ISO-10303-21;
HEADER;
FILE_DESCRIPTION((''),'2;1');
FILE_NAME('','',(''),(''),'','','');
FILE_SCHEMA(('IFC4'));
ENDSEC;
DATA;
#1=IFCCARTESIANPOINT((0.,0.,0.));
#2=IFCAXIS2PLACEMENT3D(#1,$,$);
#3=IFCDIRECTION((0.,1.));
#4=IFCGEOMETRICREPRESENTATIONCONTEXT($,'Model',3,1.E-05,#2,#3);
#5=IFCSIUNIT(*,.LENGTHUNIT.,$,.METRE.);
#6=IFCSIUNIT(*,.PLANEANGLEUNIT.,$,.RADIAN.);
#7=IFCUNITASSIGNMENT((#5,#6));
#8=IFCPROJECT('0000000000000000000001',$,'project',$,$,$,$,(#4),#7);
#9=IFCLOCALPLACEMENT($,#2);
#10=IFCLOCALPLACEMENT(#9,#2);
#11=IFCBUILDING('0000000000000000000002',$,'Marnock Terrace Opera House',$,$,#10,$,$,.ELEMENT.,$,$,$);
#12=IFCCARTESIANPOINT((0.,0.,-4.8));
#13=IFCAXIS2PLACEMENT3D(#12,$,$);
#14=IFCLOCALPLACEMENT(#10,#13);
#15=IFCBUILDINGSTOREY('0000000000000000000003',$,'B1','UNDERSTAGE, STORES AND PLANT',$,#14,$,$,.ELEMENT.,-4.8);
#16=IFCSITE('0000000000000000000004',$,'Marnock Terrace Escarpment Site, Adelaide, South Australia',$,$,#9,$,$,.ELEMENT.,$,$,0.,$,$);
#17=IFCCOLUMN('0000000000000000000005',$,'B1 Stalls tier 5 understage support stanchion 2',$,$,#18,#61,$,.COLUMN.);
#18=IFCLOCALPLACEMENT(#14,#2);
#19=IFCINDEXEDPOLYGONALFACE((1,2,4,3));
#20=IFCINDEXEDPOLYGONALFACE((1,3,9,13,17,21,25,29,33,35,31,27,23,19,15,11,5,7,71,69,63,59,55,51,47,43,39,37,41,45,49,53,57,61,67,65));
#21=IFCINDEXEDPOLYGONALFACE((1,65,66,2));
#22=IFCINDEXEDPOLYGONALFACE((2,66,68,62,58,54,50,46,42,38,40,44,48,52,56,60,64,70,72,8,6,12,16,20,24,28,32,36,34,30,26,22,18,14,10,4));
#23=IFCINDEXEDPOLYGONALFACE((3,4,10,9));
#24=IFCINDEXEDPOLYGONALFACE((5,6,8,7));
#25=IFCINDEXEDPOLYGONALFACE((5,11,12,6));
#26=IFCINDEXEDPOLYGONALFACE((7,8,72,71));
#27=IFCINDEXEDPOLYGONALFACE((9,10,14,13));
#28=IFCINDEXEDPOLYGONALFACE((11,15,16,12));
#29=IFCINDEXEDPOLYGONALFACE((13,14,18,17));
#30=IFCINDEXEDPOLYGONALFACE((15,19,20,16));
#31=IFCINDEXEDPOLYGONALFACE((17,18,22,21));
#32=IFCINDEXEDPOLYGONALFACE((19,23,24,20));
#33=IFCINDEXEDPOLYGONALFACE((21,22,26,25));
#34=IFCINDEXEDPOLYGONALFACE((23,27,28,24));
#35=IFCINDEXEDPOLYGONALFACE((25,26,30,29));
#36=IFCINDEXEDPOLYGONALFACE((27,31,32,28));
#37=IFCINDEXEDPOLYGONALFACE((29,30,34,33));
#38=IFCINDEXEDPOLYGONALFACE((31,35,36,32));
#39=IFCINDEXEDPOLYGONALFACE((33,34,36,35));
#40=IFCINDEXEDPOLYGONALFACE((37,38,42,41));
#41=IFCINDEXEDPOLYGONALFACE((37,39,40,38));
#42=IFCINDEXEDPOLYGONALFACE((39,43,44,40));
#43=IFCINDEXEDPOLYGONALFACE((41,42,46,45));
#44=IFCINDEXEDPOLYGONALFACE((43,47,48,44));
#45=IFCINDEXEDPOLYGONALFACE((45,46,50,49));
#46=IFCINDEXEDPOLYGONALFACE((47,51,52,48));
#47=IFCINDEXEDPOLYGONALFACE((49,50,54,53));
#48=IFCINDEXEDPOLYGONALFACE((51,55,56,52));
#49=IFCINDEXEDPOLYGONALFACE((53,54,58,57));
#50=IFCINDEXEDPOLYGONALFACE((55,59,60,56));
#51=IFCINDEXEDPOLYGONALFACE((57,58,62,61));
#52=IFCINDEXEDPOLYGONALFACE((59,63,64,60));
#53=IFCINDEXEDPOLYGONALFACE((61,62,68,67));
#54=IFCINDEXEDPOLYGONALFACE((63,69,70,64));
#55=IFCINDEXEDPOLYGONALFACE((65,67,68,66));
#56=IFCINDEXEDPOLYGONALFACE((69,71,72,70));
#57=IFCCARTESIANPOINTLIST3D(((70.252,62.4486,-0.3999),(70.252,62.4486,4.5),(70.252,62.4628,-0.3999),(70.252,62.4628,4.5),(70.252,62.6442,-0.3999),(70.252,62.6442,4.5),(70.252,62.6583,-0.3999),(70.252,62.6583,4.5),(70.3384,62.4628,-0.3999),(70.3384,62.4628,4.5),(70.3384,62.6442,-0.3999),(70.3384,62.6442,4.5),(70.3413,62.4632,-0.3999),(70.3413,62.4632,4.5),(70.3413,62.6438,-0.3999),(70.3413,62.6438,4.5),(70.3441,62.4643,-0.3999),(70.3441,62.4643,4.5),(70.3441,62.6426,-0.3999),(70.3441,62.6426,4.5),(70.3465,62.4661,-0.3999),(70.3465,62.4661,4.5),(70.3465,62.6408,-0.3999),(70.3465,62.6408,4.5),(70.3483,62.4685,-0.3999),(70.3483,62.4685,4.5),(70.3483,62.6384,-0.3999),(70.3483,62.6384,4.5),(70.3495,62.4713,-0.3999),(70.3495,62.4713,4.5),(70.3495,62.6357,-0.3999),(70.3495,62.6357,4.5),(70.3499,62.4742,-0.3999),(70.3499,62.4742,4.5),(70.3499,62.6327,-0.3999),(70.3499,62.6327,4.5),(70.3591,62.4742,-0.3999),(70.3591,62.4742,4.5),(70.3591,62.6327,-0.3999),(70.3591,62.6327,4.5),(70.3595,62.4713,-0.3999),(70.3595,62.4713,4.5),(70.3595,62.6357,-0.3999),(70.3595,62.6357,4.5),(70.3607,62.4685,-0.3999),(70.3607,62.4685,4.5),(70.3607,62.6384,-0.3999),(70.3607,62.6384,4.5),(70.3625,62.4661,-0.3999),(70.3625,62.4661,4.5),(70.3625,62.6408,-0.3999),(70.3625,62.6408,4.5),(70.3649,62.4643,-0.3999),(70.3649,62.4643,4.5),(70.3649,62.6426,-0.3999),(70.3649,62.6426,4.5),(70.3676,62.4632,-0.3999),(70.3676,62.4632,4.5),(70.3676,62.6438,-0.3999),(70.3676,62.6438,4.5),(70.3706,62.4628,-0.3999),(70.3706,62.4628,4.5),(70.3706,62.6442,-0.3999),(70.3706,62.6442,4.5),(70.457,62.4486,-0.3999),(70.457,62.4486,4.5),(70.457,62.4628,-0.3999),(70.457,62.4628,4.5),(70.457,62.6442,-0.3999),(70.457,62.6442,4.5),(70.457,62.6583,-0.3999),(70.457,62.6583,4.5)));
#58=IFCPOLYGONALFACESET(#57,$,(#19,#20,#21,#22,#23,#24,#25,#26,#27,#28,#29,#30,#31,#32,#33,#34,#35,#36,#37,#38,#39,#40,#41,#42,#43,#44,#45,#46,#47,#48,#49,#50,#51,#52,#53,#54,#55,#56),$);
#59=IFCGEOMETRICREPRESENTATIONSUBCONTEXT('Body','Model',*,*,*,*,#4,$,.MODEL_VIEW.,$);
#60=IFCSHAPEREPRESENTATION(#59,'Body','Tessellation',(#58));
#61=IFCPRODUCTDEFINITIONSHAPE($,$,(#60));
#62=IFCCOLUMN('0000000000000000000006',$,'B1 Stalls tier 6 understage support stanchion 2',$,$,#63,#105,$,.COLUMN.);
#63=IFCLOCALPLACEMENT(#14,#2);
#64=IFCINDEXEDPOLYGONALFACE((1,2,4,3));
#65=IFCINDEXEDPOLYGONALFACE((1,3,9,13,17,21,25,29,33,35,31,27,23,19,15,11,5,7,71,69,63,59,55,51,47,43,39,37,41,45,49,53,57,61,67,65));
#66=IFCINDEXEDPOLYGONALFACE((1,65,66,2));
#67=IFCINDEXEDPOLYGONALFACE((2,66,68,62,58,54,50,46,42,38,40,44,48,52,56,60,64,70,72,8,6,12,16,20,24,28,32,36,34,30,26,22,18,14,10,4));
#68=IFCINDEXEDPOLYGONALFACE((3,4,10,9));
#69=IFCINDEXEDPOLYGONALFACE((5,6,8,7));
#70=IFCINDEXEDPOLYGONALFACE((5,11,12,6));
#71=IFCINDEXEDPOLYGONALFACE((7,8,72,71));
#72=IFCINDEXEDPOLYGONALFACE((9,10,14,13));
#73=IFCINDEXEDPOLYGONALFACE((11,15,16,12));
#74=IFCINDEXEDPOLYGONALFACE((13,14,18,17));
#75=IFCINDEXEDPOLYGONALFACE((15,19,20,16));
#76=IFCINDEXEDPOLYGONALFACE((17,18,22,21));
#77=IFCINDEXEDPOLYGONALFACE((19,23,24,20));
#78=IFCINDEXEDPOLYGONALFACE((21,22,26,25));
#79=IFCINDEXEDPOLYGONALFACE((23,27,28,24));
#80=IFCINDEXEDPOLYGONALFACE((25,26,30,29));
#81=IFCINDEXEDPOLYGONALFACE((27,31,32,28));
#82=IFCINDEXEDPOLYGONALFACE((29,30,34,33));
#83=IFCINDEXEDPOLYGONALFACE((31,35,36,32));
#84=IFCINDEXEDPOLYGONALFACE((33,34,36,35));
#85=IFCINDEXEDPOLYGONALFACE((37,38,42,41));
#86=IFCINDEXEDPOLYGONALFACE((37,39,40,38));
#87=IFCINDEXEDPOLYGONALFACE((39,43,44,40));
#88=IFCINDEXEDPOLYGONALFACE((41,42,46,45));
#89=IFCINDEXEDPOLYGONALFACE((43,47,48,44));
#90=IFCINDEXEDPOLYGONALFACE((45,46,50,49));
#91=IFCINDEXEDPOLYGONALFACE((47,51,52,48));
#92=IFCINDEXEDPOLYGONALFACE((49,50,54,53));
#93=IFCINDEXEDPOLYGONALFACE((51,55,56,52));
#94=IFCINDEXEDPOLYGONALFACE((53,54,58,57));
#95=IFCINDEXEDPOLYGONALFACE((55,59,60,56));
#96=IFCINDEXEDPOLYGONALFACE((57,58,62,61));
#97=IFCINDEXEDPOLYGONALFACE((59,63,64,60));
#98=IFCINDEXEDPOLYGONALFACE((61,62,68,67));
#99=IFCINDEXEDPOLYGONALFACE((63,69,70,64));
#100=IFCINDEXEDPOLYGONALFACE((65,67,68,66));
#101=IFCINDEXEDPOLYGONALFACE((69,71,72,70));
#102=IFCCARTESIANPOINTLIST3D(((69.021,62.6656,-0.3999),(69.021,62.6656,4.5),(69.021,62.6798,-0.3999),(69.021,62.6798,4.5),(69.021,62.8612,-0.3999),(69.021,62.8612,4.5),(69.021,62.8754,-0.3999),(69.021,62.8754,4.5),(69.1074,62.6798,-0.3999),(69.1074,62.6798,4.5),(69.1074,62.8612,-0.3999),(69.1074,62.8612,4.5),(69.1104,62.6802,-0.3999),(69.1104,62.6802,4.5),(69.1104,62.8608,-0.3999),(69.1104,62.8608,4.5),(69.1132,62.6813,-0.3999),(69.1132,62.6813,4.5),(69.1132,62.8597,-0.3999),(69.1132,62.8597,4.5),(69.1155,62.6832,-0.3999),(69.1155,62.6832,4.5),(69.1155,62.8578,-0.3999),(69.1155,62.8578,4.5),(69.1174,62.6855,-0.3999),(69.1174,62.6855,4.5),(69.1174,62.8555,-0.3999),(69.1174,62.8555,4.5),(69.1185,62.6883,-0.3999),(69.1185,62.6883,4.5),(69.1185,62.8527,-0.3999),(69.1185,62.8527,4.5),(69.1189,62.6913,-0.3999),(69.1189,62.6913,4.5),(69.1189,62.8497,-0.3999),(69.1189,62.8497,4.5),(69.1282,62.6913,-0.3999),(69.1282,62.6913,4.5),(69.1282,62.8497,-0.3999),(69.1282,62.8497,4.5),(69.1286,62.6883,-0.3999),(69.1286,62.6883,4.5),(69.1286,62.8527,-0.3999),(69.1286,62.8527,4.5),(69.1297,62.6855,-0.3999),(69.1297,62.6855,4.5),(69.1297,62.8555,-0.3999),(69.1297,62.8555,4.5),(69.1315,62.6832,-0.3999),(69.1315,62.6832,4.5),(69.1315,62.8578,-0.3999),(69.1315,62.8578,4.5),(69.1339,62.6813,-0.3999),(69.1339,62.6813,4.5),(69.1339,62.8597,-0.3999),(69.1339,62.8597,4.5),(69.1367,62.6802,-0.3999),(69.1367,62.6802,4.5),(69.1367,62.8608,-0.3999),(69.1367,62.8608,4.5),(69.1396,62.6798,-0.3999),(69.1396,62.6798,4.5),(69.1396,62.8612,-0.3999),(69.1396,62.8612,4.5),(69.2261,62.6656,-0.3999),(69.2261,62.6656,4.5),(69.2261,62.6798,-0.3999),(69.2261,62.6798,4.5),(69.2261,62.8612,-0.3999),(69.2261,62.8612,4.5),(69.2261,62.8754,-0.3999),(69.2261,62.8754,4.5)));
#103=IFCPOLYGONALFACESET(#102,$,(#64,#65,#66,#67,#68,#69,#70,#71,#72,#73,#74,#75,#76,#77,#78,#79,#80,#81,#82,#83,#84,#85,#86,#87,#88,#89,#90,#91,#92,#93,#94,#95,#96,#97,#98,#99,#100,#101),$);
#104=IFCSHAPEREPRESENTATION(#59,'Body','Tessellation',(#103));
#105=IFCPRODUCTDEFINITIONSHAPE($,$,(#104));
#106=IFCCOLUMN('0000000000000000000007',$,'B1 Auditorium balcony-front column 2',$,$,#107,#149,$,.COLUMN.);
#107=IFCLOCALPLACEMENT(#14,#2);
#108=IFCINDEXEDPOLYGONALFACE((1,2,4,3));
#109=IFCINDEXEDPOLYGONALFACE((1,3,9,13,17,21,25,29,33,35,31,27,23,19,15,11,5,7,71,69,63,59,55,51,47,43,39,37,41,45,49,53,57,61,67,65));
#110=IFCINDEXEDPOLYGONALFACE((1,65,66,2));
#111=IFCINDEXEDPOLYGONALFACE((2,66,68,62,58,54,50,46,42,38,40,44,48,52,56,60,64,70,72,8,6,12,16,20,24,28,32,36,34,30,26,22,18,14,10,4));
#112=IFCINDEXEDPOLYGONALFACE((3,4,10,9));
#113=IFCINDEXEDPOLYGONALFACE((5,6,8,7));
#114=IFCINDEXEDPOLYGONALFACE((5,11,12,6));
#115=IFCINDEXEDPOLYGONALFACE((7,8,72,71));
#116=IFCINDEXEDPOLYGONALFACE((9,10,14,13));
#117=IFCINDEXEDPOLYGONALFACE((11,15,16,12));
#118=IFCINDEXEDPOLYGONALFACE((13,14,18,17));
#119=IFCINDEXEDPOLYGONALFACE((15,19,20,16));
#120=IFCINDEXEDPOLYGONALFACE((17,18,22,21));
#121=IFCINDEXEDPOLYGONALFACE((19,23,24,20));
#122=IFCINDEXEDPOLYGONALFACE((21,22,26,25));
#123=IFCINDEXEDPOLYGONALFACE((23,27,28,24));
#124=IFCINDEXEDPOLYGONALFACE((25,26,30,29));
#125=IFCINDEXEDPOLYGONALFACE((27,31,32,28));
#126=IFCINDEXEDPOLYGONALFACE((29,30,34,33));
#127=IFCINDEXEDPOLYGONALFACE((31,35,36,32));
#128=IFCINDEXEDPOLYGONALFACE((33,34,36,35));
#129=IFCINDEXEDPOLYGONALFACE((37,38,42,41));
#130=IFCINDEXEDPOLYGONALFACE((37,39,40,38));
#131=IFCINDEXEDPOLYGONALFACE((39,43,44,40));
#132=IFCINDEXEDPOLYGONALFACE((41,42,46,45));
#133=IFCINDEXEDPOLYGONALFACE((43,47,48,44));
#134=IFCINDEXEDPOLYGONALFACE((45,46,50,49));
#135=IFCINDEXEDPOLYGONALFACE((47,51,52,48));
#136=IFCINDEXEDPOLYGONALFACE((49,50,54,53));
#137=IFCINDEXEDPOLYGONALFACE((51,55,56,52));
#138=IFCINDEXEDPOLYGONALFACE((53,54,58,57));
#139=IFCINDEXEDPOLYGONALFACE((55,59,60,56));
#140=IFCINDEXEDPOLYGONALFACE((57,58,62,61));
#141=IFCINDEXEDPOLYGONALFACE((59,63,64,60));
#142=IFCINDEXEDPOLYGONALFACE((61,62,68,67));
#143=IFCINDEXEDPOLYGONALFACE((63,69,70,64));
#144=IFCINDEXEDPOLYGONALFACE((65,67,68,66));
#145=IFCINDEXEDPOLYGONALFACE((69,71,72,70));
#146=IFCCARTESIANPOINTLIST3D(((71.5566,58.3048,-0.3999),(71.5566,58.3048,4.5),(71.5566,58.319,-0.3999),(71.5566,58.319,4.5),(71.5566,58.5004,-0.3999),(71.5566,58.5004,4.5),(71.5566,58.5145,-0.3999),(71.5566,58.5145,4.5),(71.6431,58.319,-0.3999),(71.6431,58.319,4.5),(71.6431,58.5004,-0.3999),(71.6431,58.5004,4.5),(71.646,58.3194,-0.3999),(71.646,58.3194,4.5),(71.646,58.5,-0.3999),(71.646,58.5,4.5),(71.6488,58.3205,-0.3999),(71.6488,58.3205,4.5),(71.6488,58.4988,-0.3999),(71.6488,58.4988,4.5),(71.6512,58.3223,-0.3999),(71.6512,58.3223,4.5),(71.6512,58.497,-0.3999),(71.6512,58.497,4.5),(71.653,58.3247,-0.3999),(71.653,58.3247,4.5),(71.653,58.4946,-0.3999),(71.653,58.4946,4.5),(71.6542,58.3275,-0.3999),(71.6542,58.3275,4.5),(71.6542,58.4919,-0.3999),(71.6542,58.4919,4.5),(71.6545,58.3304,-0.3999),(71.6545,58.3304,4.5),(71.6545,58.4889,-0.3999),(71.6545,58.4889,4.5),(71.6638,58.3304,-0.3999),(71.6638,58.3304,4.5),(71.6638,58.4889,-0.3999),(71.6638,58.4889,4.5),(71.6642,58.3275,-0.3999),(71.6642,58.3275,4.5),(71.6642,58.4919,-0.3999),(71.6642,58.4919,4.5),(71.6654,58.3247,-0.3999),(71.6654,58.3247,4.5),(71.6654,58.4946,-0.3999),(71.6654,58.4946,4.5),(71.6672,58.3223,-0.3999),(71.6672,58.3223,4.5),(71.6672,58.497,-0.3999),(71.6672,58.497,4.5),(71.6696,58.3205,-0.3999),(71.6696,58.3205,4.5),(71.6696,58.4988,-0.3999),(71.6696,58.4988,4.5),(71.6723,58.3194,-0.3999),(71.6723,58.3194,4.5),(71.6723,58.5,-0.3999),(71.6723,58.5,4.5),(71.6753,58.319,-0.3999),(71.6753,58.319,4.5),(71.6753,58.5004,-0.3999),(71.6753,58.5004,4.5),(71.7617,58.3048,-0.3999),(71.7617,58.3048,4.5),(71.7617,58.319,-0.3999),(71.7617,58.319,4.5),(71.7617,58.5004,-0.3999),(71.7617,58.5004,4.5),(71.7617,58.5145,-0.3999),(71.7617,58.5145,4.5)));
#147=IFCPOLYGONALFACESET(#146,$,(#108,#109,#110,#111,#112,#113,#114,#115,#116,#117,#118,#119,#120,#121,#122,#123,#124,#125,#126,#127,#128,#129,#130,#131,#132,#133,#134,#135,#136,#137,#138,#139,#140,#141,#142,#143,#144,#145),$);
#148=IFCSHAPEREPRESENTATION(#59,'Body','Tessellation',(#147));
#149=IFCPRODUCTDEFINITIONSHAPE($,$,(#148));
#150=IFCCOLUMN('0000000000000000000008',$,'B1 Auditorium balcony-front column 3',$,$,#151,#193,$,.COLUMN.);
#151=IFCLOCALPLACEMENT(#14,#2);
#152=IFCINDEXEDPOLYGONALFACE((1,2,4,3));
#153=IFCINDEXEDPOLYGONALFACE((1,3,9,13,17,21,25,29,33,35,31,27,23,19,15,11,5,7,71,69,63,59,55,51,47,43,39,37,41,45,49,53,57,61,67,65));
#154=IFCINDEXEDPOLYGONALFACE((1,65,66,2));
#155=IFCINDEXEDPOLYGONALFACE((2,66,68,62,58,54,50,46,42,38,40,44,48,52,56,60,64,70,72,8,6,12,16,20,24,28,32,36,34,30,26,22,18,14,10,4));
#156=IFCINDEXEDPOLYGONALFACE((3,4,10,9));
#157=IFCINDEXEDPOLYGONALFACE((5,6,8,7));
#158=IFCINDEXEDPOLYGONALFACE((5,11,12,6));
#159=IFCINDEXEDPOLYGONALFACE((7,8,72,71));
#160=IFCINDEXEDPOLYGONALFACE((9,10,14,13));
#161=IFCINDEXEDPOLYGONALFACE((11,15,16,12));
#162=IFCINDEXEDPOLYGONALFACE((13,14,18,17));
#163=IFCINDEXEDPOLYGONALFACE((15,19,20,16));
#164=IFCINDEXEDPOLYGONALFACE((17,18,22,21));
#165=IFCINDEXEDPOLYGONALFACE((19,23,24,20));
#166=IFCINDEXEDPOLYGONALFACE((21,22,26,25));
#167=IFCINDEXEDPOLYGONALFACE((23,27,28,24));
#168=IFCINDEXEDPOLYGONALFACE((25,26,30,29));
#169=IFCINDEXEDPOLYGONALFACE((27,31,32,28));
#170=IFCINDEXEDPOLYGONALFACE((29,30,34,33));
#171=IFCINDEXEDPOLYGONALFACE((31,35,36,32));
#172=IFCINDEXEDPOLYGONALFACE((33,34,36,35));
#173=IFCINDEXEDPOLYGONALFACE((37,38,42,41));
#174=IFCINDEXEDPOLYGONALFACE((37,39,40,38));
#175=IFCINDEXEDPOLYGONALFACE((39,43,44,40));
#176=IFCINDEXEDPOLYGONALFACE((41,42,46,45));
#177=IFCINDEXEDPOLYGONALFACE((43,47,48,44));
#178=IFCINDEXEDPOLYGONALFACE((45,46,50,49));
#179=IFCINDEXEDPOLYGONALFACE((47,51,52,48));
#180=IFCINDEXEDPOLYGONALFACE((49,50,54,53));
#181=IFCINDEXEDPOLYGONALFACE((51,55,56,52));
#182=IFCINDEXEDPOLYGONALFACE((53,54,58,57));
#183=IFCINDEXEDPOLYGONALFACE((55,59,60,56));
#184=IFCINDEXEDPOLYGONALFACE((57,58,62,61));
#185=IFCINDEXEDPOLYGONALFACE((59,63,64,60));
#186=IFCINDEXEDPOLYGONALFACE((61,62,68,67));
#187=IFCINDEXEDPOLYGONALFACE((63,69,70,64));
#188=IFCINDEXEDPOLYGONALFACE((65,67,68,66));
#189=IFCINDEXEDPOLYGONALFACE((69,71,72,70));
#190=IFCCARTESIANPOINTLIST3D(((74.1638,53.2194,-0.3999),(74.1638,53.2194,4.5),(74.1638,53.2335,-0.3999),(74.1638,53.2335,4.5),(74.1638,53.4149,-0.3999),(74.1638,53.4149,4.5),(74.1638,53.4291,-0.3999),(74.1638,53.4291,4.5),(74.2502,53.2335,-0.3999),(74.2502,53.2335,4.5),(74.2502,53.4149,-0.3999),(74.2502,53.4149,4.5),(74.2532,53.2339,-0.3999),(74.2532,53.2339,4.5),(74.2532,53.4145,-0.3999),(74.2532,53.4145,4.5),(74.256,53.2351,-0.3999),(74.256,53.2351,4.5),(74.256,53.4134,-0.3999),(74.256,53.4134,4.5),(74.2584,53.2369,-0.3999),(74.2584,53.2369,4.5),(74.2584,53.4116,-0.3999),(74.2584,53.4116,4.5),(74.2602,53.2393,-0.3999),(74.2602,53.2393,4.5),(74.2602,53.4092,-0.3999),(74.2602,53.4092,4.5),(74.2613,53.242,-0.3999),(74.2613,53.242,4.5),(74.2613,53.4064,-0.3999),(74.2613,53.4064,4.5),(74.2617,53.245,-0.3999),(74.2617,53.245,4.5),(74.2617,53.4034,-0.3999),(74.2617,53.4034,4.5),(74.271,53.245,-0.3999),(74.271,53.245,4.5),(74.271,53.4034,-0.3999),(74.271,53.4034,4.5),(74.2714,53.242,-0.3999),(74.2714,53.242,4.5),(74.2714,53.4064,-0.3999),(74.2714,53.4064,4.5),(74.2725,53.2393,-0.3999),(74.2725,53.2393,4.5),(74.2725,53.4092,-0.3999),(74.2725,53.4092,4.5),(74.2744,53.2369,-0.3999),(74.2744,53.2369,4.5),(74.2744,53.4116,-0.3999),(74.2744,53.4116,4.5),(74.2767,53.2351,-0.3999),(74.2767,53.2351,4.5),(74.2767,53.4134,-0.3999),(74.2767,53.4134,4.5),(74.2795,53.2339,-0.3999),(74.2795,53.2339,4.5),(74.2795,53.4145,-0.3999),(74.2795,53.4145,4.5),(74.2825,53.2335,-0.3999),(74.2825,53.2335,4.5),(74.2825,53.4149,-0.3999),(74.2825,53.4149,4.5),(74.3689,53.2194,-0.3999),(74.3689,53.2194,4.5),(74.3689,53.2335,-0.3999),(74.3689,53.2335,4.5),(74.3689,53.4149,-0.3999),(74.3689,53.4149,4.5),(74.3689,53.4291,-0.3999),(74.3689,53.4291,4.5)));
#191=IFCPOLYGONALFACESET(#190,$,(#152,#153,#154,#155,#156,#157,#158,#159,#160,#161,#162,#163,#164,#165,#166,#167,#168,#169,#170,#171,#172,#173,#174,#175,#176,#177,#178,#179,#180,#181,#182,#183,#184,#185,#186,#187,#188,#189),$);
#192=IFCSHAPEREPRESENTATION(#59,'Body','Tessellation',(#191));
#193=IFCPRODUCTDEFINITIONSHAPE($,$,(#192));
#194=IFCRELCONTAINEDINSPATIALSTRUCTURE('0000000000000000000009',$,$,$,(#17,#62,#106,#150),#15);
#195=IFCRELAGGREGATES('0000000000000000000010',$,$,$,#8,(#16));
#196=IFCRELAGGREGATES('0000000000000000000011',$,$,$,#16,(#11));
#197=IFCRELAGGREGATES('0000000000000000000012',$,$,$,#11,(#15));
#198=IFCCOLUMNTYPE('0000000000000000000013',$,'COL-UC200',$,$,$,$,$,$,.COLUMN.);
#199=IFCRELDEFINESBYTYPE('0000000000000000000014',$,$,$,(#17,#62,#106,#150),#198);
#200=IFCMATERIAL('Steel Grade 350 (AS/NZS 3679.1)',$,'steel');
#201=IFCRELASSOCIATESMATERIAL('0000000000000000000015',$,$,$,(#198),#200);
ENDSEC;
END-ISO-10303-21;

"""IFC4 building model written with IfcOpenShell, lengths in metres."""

from ifc_helpers import new_model, si_unit, direction, frame, origin, origin_2d, place, context, subcontext, project, spatial, i_section, extrude, material, material_profile, profile_set, type_object, element, save


model = new_model("IFC4")

# Units and contexts
model_context = context("Model", 3, precision=1e-05, world=origin(), true_north=direction((0.0, 1.0)))
body_context = subcontext(model_context, "Body", "Model", "MODEL_VIEW")
ifc_project = project(units=[si_unit("LENGTHUNIT", "METRE"), si_unit("PLANEANGLEUNIT", "RADIAN")], contexts=[model_context])

# Site, building, storey
site_placement = place(None, origin())
site = spatial("IfcSite", under=ifc_project, at=site_placement, Name="Marnock Terrace Escarpment Site, Adelaide, South Australia", CompositionType="ELEMENT", RefElevation=0.0)
building_placement = place(site_placement, origin())
building = spatial("IfcBuilding", under=site, at=building_placement, Name="Marnock Terrace Opera House", CompositionType="ELEMENT")
storey_placement = place(building_placement, frame((0.0, 0.0, -4.8)))
storey = spatial("IfcBuildingStorey", under=building, at=storey_placement, Name="B1", Description="UNDERSTAGE, STORES AND PLANT", CompositionType="ELEMENT", Elevation=-4.8)

# Columns
ifc_material_1 = material(Name="Steel Grade 350 (AS/NZS 3679.1)", Category="steel")
ifc_material_profile_1 = material_profile(ifc_material_1, i_section(OverallWidth=0.2051, OverallDepth=0.2097, WebThickness=0.0093, FlangeThickness=0.0142, FilletRadius=0.0115, at=origin_2d()))
ifc_profile_set_1 = profile_set([ifc_material_profile_1], Name="Steel Grade 350 (AS/NZS 3679.1)")
column_type_1 = type_object("IfcColumnType", Name="COL-UC200", PredefinedType="COLUMN", material=ifc_profile_set_1)
for number, where, z_axis, x_axis, name in (
    (1, (70.3545, 62.5535, -0.3999), (0.0, 0.0, 1.0), (1.0, 0.0, 0.0), "B1 Stalls tier 5 understage support stanchion 2"),
    (2, (69.1235, 62.7705, -0.3999), (0.0, 0.0, 1.0), (1.0, 0.0, 0.0), "B1 Stalls tier 6 understage support stanchion 2"),
    (3, (71.6592, 58.4097, -0.3999), (0.0, 0.0, 1.0), (1.0, 0.0, 0.0), "B1 Auditorium balcony-front column 2"),
    (4, (74.2664, 53.3242, -0.3999), (0.0, 0.0, 1.0), (1.0, 0.0, 0.0), "B1 Auditorium balcony-front column 3"),
):
    element("IfcColumn", number, at=place(storey_placement, frame(where, z_axis=z_axis, x_axis=x_axis)), inside=storey, type_object=column_type_1, Name=name, PredefinedType="COLUMN", context=body_context, shape_type="SweptSolid", body=[
        extrude(i_section(OverallWidth=0.2051, OverallDepth=0.2097, WebThickness=0.0093, FlangeThickness=0.0142, FilletRadius=0.0115, at=origin_2d()), origin(), (0.0, 0.0, 1.0), 4.8999),
    ])

save(model, "model.ifc")
